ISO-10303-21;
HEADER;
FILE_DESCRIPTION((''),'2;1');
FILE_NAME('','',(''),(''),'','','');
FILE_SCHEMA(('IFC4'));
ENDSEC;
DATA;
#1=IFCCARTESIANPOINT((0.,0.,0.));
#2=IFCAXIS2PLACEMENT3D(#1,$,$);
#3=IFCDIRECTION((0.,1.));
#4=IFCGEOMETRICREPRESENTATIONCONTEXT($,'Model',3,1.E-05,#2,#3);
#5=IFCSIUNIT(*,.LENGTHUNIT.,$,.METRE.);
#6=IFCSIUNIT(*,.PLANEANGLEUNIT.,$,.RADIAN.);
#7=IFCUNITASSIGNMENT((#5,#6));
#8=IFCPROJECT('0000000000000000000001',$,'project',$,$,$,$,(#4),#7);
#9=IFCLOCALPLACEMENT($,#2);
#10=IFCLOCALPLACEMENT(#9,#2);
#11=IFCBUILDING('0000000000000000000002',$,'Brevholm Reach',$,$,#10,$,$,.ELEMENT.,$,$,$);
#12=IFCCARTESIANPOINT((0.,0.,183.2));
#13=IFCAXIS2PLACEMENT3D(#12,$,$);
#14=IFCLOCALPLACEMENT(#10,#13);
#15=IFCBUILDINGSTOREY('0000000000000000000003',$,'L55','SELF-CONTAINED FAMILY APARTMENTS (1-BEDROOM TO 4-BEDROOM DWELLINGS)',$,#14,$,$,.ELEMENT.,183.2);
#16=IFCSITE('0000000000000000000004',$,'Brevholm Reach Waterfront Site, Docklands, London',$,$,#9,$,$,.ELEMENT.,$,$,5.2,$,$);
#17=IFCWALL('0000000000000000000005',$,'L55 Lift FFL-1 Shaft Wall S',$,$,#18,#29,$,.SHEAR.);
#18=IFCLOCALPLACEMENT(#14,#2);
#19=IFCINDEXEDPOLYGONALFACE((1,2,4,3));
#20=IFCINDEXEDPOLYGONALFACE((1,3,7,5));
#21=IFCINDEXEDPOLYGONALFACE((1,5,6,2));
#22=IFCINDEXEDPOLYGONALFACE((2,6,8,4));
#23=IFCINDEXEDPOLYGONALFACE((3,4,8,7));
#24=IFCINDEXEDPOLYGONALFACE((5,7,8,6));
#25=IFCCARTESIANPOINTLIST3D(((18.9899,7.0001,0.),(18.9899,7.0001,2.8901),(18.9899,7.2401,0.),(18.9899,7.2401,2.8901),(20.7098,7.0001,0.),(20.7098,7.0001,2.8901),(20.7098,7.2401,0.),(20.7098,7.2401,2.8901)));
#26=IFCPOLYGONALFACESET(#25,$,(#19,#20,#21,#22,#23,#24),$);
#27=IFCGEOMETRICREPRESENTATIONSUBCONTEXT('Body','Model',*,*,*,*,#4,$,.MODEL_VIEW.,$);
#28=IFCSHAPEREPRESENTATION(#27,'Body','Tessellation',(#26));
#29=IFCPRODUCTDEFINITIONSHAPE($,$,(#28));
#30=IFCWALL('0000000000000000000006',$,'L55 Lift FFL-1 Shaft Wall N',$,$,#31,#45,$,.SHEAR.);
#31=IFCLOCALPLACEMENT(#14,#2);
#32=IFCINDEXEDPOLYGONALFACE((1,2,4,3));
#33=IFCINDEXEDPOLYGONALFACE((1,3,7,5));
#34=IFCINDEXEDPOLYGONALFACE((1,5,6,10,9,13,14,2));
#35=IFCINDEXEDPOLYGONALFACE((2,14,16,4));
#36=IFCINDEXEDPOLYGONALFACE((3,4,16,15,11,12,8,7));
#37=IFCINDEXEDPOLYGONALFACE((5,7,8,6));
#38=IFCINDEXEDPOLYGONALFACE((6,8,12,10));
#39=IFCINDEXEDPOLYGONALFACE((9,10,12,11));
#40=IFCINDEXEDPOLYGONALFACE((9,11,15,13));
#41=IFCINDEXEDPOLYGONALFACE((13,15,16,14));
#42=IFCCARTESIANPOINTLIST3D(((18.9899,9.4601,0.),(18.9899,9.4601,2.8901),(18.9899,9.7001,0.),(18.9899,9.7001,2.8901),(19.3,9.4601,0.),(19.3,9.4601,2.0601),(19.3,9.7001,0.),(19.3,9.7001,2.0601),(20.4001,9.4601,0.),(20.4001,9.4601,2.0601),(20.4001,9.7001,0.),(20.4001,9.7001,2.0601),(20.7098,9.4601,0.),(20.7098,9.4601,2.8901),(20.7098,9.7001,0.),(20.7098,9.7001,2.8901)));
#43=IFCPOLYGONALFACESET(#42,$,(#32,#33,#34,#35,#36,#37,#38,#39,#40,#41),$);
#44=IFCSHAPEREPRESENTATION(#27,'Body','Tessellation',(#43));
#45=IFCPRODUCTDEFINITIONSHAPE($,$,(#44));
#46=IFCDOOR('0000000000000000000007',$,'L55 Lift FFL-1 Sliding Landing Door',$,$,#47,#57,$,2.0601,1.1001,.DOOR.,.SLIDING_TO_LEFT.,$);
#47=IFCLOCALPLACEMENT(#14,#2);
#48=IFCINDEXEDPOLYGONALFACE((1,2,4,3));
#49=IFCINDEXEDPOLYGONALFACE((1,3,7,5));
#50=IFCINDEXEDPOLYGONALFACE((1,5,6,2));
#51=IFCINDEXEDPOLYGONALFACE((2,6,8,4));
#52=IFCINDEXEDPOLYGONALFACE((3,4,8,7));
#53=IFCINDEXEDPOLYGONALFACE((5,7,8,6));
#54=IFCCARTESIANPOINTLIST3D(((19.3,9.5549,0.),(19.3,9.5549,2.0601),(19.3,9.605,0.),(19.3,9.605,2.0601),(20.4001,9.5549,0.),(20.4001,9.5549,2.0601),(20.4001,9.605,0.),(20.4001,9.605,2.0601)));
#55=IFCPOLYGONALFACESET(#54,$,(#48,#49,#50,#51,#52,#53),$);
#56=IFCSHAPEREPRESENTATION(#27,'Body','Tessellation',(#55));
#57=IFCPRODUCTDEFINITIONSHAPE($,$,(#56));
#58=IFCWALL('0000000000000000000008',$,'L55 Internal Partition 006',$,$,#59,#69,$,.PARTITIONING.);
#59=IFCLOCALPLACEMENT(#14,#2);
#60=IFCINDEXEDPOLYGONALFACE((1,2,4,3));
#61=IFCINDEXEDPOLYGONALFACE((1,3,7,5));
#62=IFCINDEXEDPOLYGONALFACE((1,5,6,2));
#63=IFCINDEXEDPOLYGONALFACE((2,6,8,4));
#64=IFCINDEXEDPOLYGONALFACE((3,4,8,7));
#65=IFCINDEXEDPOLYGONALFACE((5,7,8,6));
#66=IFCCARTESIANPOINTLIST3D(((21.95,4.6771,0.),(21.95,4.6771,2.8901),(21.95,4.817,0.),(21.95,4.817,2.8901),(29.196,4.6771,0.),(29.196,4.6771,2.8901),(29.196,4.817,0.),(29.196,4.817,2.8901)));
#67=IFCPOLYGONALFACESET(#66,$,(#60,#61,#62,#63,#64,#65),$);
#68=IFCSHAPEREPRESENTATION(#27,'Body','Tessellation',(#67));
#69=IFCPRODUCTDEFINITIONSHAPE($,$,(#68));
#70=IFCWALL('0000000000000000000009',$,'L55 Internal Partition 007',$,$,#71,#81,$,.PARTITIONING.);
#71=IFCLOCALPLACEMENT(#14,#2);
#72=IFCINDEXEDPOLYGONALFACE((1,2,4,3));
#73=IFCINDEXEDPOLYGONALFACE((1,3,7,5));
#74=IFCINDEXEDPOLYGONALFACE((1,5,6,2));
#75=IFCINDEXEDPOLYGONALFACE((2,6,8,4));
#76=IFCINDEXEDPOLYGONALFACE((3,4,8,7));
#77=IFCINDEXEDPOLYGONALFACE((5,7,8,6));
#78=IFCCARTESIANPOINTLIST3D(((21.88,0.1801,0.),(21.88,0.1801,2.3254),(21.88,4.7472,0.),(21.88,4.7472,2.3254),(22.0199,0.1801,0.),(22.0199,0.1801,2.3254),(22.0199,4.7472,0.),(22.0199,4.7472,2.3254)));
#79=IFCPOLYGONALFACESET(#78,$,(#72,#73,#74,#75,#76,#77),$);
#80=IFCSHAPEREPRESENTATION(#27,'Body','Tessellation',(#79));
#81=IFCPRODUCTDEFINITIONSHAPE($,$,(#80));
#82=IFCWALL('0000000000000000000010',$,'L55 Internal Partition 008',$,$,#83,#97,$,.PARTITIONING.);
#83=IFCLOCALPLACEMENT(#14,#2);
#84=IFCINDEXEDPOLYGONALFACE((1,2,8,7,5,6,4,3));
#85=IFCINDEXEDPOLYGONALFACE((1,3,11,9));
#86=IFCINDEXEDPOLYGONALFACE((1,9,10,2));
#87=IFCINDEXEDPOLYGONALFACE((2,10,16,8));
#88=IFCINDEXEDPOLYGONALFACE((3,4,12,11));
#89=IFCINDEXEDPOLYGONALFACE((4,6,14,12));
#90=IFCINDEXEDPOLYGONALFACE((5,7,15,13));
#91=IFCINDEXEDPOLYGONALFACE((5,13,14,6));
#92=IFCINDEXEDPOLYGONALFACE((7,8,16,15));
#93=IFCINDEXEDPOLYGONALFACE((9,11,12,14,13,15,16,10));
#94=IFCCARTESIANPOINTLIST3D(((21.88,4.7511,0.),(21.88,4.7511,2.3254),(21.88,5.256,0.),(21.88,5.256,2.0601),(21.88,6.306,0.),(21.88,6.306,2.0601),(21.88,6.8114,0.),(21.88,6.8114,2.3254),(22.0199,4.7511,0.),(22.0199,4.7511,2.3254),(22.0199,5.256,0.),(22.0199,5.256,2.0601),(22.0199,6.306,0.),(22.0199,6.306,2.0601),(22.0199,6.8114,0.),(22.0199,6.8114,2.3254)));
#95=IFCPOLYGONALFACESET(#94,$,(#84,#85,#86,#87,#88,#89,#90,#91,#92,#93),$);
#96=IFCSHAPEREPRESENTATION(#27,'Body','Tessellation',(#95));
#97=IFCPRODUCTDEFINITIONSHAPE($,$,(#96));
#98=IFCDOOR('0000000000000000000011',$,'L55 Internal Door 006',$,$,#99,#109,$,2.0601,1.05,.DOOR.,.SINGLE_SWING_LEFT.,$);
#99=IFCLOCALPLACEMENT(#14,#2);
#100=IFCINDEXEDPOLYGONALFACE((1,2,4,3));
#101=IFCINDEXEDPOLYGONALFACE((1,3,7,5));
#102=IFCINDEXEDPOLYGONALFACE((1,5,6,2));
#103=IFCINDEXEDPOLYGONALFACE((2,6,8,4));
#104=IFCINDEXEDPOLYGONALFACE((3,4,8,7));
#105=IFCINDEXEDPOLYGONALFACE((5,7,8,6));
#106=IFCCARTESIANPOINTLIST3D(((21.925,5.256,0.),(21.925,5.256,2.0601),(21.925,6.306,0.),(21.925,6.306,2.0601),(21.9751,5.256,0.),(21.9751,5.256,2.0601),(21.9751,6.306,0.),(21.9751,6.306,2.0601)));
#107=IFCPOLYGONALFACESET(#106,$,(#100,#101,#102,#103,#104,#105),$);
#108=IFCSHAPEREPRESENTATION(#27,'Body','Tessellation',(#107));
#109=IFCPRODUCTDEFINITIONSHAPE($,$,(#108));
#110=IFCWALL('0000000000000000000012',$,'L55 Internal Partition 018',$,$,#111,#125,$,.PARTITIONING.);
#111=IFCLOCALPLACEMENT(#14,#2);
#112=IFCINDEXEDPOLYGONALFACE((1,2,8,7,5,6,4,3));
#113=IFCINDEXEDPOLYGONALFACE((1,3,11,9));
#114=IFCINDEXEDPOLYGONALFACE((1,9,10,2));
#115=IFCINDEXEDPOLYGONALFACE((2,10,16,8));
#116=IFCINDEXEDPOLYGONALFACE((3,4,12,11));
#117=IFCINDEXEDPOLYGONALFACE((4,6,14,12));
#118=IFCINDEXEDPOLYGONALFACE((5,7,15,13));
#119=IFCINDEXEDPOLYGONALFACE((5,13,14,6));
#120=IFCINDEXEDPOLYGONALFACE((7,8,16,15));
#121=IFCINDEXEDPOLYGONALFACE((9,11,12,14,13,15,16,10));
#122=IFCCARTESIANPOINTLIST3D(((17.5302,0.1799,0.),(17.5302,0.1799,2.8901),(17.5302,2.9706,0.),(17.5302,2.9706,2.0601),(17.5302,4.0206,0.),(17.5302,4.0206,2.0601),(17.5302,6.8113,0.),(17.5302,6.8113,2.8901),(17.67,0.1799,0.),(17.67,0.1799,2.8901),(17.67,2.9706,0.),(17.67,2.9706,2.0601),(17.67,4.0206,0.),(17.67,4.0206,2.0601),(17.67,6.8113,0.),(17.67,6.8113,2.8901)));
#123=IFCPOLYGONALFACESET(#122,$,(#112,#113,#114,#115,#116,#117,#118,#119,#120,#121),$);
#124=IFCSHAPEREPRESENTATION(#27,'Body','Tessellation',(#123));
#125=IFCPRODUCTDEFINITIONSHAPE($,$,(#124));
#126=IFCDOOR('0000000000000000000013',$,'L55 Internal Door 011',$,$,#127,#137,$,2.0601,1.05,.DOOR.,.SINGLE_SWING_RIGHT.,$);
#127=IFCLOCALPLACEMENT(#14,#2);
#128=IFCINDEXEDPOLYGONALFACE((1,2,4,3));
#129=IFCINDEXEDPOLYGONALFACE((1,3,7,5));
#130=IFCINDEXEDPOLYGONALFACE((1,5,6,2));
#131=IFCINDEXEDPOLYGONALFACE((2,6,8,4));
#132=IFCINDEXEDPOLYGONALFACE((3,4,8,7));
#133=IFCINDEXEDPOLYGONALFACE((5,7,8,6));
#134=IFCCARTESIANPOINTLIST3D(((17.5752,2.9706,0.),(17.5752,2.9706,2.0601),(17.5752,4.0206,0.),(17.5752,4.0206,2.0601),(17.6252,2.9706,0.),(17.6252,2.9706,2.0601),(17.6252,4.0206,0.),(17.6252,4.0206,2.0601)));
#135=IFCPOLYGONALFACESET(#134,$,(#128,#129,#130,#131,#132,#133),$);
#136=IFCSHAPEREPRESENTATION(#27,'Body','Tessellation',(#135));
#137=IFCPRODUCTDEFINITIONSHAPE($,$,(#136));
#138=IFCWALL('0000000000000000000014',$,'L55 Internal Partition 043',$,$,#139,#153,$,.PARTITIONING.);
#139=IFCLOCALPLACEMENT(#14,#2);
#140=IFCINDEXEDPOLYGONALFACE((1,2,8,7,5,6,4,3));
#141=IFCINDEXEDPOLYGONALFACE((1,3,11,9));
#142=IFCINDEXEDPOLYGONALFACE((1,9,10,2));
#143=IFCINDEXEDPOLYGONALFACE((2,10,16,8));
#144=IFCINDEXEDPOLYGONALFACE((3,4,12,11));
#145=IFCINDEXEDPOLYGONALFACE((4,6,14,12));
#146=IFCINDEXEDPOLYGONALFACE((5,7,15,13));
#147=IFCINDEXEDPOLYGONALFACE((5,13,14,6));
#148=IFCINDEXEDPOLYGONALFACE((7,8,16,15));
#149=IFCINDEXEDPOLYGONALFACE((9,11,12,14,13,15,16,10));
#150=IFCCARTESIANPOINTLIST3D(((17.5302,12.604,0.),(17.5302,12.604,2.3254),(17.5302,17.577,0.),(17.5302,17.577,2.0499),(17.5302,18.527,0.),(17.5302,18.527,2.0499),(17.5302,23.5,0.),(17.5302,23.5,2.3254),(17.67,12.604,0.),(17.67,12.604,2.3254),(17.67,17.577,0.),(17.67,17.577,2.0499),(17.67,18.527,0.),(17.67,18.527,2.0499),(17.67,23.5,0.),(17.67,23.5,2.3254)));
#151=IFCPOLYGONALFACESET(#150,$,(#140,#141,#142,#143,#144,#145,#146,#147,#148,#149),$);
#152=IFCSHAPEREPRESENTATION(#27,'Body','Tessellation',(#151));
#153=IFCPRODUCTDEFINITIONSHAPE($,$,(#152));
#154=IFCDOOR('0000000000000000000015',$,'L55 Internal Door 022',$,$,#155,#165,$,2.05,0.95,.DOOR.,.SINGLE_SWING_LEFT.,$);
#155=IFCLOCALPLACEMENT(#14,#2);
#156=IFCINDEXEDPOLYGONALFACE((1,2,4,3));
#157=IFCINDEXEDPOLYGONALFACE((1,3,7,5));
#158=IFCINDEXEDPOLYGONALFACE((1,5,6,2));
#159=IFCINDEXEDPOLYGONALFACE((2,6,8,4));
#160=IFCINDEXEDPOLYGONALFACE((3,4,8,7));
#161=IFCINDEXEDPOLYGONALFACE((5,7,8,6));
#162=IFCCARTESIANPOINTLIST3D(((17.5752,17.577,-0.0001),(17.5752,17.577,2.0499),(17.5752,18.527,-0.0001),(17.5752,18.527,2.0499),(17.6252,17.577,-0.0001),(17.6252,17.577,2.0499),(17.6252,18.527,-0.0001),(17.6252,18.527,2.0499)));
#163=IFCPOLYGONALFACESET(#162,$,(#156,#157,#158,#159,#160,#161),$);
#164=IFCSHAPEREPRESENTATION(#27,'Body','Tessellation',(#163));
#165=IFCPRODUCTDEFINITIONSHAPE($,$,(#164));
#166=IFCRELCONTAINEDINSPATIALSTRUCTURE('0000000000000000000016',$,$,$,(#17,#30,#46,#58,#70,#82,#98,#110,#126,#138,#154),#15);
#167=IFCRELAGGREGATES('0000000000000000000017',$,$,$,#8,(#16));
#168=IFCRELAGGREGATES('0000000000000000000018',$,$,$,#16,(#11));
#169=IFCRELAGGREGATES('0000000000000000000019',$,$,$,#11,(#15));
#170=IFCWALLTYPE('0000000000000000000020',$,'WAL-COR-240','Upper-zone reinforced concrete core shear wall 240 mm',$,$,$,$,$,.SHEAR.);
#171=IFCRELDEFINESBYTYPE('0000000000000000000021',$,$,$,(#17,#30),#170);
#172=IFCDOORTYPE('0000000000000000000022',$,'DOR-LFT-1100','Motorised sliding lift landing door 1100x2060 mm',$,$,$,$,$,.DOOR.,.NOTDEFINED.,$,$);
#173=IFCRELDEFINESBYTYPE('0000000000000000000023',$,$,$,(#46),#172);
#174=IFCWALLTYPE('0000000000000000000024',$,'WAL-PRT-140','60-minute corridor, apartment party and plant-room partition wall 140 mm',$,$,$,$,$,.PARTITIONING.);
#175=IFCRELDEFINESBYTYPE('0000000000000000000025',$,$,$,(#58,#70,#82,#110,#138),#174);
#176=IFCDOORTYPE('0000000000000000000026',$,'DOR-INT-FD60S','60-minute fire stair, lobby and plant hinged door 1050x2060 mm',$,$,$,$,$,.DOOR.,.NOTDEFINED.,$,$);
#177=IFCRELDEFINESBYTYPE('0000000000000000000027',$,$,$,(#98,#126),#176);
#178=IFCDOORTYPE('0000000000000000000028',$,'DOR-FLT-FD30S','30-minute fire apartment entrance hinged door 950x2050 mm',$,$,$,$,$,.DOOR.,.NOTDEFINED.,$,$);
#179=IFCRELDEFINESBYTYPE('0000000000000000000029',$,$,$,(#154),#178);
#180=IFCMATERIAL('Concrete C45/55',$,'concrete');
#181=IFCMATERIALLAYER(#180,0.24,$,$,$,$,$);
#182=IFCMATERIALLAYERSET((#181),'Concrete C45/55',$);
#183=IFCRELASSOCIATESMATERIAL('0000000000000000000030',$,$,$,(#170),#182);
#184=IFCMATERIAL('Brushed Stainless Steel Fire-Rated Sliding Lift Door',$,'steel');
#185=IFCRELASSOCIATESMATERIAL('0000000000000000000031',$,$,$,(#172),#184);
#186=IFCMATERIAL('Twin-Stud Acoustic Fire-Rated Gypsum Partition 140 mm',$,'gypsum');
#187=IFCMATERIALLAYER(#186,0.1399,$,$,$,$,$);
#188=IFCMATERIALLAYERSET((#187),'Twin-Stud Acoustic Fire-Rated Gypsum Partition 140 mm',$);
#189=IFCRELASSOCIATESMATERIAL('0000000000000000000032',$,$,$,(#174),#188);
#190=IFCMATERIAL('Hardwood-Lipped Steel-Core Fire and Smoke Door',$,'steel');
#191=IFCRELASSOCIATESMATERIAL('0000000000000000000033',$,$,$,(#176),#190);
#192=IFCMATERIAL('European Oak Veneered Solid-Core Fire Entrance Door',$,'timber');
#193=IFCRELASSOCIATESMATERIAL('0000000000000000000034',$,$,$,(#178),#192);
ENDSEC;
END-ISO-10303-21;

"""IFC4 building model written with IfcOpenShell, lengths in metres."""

from ifc_helpers import new_model, si_unit, direction, frame, frame_2d, origin, place, context, subcontext, project, spatial, rectangle, extrude, material, layer, layer_set, type_object, element, fill, save


model = new_model("IFC4")

# Units and contexts
model_context = context("Model", 3, precision=1e-05, world=origin(), true_north=direction((0.0, 1.0)))
body_context = subcontext(model_context, "Body", "Model", "MODEL_VIEW")
ifc_project = project(units=[si_unit("LENGTHUNIT", "METRE"), si_unit("PLANEANGLEUNIT", "RADIAN")], contexts=[model_context])

# Site, building, storey
site_placement = place(None, origin())
site = spatial("IfcSite", under=ifc_project, at=site_placement, Name="Brevholm Reach Waterfront Site, Docklands, London", CompositionType="ELEMENT", RefElevation=5.2)
building_placement = place(site_placement, origin())
building = spatial("IfcBuilding", under=site, at=building_placement, Name="Brevholm Reach", CompositionType="ELEMENT")
storey_placement = place(building_placement, frame((0.0, 0.0, 183.2)))
storey = spatial("IfcBuildingStorey", under=building, at=storey_placement, Name="L55", Description="SELF-CONTAINED FAMILY APARTMENTS (1-BEDROOM TO 4-BEDROOM DWELLINGS)", CompositionType="ELEMENT", Elevation=183.2)

# Wall
ifc_material_1 = material(Name="Concrete C45/55", Category="concrete")
ifc_layer_1 = layer(ifc_material_1, 0.24)
ifc_layer_set_1 = layer_set([ifc_layer_1], Name="Concrete C45/55")
wall_type_1 = type_object("IfcWallType", Name="WAL-COR-240", Description="Upper-zone reinforced concrete core shear wall 240 mm", PredefinedType="SHEAR", material=ifc_layer_set_1)
wall_1_placement = place(storey_placement, frame((18.99, 7.1201, 0.0), z_axis=(0.0, 0.0, 1.0), x_axis=(1.0, 0.0, 0.0)))
element("IfcWall", 1, at=wall_1_placement, inside=storey, type_object=wall_type_1, Name="L55 Lift FFL-1 Shaft Wall S", PredefinedType="SHEAR", context=body_context, shape_type="SweptSolid", body=[
    extrude(rectangle(XDim=1.72, YDim=0.24, at=frame_2d((0.8599, 0.0))), origin(), (0.0, 0.0, 1.0), 2.8901),
])

# Wall, opening, door
wall_2_placement = place(storey_placement, frame((18.99, 9.5801, 0.0), z_axis=(0.0, 0.0, 1.0), x_axis=(1.0, 0.0, 0.0)))
wall_2 = element("IfcWall", 2, at=wall_2_placement, inside=storey, type_object=wall_type_1, Name="L55 Lift FFL-1 Shaft Wall N", PredefinedType="SHEAR", context=body_context, shape_type="SweptSolid", body=[
    extrude(rectangle(XDim=1.72, YDim=0.24, at=frame_2d((0.8599, 0.0))), origin(), (0.0, 0.0, 1.0), 2.8901),
])
opening_1_placement = place(wall_2_placement, frame((0.3101, 0.0, 0.0)))
opening_1 = element("IfcOpeningElement", 3, at=opening_1_placement, cuts=wall_2, PredefinedType="OPENING", context=body_context, shape_type="SweptSolid", body=[
    extrude(rectangle(XDim=1.1001, YDim=2.0601, at=frame_2d((0.55, 1.03))), frame((0.0, 0.1299, 0.0), z_axis=(0.0, -1.0, 0.0), x_axis=(1.0, 0.0, 0.0)), (0.0, 0.0, 1.0), 0.26),
])
ifc_material_2 = material(Name="Brushed Stainless Steel Fire-Rated Sliding Lift Door", Category="steel")
door_type_1 = type_object("IfcDoorType", Name="DOR-LFT-1100", Description="Motorised sliding lift landing door 1100x2060 mm", OperationType="NOTDEFINED", PredefinedType="DOOR", material=ifc_material_2)
door_1_placement = place(opening_1_placement, origin())
door_1 = element("IfcDoor", 4, at=door_1_placement, inside=storey, type_object=door_type_1, Name="L55 Lift FFL-1 Sliding Landing Door", OperationType="SLIDING_TO_LEFT", OverallHeight=2.0601, OverallWidth=1.1001, PredefinedType="DOOR", context=body_context, shape_type="SweptSolid", body=[
    extrude(rectangle(XDim=1.1001, YDim=2.0601, at=frame_2d((0.55, 1.03))), frame((0.0, 0.0249, 0.0), z_axis=(0.0, -1.0, 0.0), x_axis=(1.0, 0.0, 0.0)), (0.0, 0.0, 1.0), 0.05),
])
fill(opening_1, door_1)

# Walls
ifc_material_3 = material(Name="Twin-Stud Acoustic Fire-Rated Gypsum Partition 140 mm", Category="gypsum")
ifc_layer_2 = layer(ifc_material_3, 0.1399)
ifc_layer_set_2 = layer_set([ifc_layer_2], Name="Twin-Stud Acoustic Fire-Rated Gypsum Partition 140 mm")
wall_type_2 = type_object("IfcWallType", Name="WAL-PRT-140", Description="60-minute corridor, apartment party and plant-room partition wall 140 mm", PredefinedType="PARTITIONING", material=ifc_layer_set_2)
wall_3_placement = place(storey_placement, frame((21.95, 4.7471, 0.0), z_axis=(0.0, 0.0, 1.0), x_axis=(1.0, 0.0, 0.0)))
element("IfcWall", 5, at=wall_3_placement, inside=storey, type_object=wall_type_2, Name="L55 Internal Partition 006", PredefinedType="PARTITIONING", context=body_context, shape_type="SweptSolid", body=[
    extrude(rectangle(XDim=7.2461, YDim=0.1399, at=frame_2d((3.623, 0.0))), origin(), (0.0, 0.0, 1.0), 2.8901),
])
wall_4_placement = place(storey_placement, frame((21.95, 0.1799, 0.0), z_axis=(0.0, 0.0, 1.0), x_axis=(0.0, 1.0, 0.0)))
element("IfcWall", 6, at=wall_4_placement, inside=storey, type_object=wall_type_2, Name="L55 Internal Partition 007", PredefinedType="PARTITIONING", context=body_context, shape_type="SweptSolid", body=[
    extrude(rectangle(XDim=4.5671, YDim=0.1399, at=frame_2d((2.2837, 0.0))), origin(), (0.0, 0.0, 1.0), 2.3254),
])

# Walls, openings, doors
wall_5_placement = place(storey_placement, frame((21.95, 4.751, 0.0), z_axis=(0.0, 0.0, 1.0), x_axis=(0.0, 1.0, 0.0)))
wall_5 = element("IfcWall", 7, at=wall_5_placement, inside=storey, type_object=wall_type_2, Name="L55 Internal Partition 008", PredefinedType="PARTITIONING", context=body_context, shape_type="SweptSolid", body=[
    extrude(rectangle(XDim=2.0603, YDim=0.1399, at=frame_2d((1.0303, 0.0))), origin(), (0.0, 0.0, 1.0), 2.3254),
])
opening_2_placement = place(wall_5_placement, frame((0.5051, 0.0, 0.0)))
opening_2 = element("IfcOpeningElement", 8, at=opening_2_placement, cuts=wall_5, PredefinedType="OPENING", context=body_context, shape_type="SweptSolid", body=[
    extrude(rectangle(XDim=1.05, YDim=2.0601, at=frame_2d((0.5249, 1.03))), frame((0.0, 0.0798, 0.0), z_axis=(0.0, -1.0, 0.0), x_axis=(1.0, 0.0, 0.0)), (0.0, 0.0, 1.0), 0.1599),
])
ifc_material_4 = material(Name="Hardwood-Lipped Steel-Core Fire and Smoke Door", Category="steel")
door_type_2 = type_object("IfcDoorType", Name="DOR-INT-FD60S", Description="60-minute fire stair, lobby and plant hinged door 1050x2060 mm", OperationType="NOTDEFINED", PredefinedType="DOOR", material=ifc_material_4)
door_2_placement = place(opening_2_placement, origin())
door_2 = element("IfcDoor", 9, at=door_2_placement, inside=storey, type_object=door_type_2, Name="L55 Internal Door 006", OperationType="SINGLE_SWING_LEFT", OverallHeight=2.0601, OverallWidth=1.05, PredefinedType="DOOR", context=body_context, shape_type="SweptSolid", body=[
    extrude(rectangle(XDim=1.05, YDim=2.0601, at=frame_2d((0.5249, 1.03))), frame((0.0, 0.0249, 0.0), z_axis=(0.0, -1.0, 0.0), x_axis=(1.0, 0.0, 0.0)), (0.0, 0.0, 1.0), 0.05),
])
fill(opening_2, door_2)
wall_6_placement = place(storey_placement, frame((17.6001, 0.1799, 0.0), z_axis=(0.0, 0.0, 1.0), x_axis=(0.0, 1.0, 0.0)))
wall_6 = element("IfcWall", 10, at=wall_6_placement, inside=storey, type_object=wall_type_2, Name="L55 Internal Partition 018", PredefinedType="PARTITIONING", context=body_context, shape_type="SweptSolid", body=[
    extrude(rectangle(XDim=6.6313, YDim=0.1399, at=frame_2d((3.3157, 0.0))), origin(), (0.0, 0.0, 1.0), 2.8901),
])
opening_3_placement = place(wall_6_placement, frame((2.7908, 0.0, 0.0)))
opening_3 = element("IfcOpeningElement", 11, at=opening_3_placement, cuts=wall_6, PredefinedType="OPENING", context=body_context, shape_type="SweptSolid", body=[
    extrude(rectangle(XDim=1.05, YDim=2.0601, at=frame_2d((0.5249, 1.03))), frame((0.0, 0.0798, 0.0), z_axis=(0.0, -1.0, 0.0), x_axis=(1.0, 0.0, 0.0)), (0.0, 0.0, 1.0), 0.1599),
])
door_3_placement = place(opening_3_placement, origin())
door_3 = element("IfcDoor", 12, at=door_3_placement, inside=storey, type_object=door_type_2, Name="L55 Internal Door 011", OperationType="SINGLE_SWING_RIGHT", OverallHeight=2.0601, OverallWidth=1.05, PredefinedType="DOOR", context=body_context, shape_type="SweptSolid", body=[
    extrude(rectangle(XDim=1.05, YDim=2.0601, at=frame_2d((0.5249, 1.03))), frame((0.0, 0.0249, 0.0), z_axis=(0.0, -1.0, 0.0), x_axis=(1.0, 0.0, 0.0)), (0.0, 0.0, 1.0), 0.05),
])
fill(opening_3, door_3)
wall_7_placement = place(storey_placement, frame((17.6001, 12.604, 0.0), z_axis=(0.0, 0.0, 1.0), x_axis=(0.0, 1.0, 0.0)))
wall_7 = element("IfcWall", 13, at=wall_7_placement, inside=storey, type_object=wall_type_2, Name="L55 Internal Partition 043", PredefinedType="PARTITIONING", context=body_context, shape_type="SweptSolid", body=[
    extrude(rectangle(XDim=10.896, YDim=0.1399, at=frame_2d((5.448, 0.0))), origin(), (0.0, 0.0, 1.0), 2.3254),
])
opening_4_placement = place(wall_7_placement, frame((4.9729, 0.0, 0.0)))
opening_4 = element("IfcOpeningElement", 14, at=opening_4_placement, cuts=wall_7, PredefinedType="OPENING", context=body_context, shape_type="SweptSolid", body=[
    extrude(rectangle(XDim=0.95, YDim=2.05, at=frame_2d((0.4751, 1.0249))), frame((0.0, 0.0798, 0.0), z_axis=(0.0, -1.0, 0.0), x_axis=(1.0, 0.0, 0.0)), (0.0, 0.0, 1.0), 0.1599),
])
ifc_material_5 = material(Name="European Oak Veneered Solid-Core Fire Entrance Door", Category="timber")
door_type_3 = type_object("IfcDoorType", Name="DOR-FLT-FD30S", Description="30-minute fire apartment entrance hinged door 950x2050 mm", OperationType="NOTDEFINED", PredefinedType="DOOR", material=ifc_material_5)
door_4_placement = place(opening_4_placement, origin())
door_4 = element("IfcDoor", 15, at=door_4_placement, inside=storey, type_object=door_type_3, Name="L55 Internal Door 022", OperationType="SINGLE_SWING_LEFT", OverallHeight=2.05, OverallWidth=0.95, PredefinedType="DOOR", context=body_context, shape_type="SweptSolid", body=[
    extrude(rectangle(XDim=0.95, YDim=2.05, at=frame_2d((0.4751, 1.0249))), frame((0.0, 0.0249, 0.0), z_axis=(0.0, -1.0, 0.0), x_axis=(1.0, 0.0, 0.0)), (0.0, 0.0, 1.0), 0.05),
])
fill(opening_4, door_4)

save(model, "model.ifc")
